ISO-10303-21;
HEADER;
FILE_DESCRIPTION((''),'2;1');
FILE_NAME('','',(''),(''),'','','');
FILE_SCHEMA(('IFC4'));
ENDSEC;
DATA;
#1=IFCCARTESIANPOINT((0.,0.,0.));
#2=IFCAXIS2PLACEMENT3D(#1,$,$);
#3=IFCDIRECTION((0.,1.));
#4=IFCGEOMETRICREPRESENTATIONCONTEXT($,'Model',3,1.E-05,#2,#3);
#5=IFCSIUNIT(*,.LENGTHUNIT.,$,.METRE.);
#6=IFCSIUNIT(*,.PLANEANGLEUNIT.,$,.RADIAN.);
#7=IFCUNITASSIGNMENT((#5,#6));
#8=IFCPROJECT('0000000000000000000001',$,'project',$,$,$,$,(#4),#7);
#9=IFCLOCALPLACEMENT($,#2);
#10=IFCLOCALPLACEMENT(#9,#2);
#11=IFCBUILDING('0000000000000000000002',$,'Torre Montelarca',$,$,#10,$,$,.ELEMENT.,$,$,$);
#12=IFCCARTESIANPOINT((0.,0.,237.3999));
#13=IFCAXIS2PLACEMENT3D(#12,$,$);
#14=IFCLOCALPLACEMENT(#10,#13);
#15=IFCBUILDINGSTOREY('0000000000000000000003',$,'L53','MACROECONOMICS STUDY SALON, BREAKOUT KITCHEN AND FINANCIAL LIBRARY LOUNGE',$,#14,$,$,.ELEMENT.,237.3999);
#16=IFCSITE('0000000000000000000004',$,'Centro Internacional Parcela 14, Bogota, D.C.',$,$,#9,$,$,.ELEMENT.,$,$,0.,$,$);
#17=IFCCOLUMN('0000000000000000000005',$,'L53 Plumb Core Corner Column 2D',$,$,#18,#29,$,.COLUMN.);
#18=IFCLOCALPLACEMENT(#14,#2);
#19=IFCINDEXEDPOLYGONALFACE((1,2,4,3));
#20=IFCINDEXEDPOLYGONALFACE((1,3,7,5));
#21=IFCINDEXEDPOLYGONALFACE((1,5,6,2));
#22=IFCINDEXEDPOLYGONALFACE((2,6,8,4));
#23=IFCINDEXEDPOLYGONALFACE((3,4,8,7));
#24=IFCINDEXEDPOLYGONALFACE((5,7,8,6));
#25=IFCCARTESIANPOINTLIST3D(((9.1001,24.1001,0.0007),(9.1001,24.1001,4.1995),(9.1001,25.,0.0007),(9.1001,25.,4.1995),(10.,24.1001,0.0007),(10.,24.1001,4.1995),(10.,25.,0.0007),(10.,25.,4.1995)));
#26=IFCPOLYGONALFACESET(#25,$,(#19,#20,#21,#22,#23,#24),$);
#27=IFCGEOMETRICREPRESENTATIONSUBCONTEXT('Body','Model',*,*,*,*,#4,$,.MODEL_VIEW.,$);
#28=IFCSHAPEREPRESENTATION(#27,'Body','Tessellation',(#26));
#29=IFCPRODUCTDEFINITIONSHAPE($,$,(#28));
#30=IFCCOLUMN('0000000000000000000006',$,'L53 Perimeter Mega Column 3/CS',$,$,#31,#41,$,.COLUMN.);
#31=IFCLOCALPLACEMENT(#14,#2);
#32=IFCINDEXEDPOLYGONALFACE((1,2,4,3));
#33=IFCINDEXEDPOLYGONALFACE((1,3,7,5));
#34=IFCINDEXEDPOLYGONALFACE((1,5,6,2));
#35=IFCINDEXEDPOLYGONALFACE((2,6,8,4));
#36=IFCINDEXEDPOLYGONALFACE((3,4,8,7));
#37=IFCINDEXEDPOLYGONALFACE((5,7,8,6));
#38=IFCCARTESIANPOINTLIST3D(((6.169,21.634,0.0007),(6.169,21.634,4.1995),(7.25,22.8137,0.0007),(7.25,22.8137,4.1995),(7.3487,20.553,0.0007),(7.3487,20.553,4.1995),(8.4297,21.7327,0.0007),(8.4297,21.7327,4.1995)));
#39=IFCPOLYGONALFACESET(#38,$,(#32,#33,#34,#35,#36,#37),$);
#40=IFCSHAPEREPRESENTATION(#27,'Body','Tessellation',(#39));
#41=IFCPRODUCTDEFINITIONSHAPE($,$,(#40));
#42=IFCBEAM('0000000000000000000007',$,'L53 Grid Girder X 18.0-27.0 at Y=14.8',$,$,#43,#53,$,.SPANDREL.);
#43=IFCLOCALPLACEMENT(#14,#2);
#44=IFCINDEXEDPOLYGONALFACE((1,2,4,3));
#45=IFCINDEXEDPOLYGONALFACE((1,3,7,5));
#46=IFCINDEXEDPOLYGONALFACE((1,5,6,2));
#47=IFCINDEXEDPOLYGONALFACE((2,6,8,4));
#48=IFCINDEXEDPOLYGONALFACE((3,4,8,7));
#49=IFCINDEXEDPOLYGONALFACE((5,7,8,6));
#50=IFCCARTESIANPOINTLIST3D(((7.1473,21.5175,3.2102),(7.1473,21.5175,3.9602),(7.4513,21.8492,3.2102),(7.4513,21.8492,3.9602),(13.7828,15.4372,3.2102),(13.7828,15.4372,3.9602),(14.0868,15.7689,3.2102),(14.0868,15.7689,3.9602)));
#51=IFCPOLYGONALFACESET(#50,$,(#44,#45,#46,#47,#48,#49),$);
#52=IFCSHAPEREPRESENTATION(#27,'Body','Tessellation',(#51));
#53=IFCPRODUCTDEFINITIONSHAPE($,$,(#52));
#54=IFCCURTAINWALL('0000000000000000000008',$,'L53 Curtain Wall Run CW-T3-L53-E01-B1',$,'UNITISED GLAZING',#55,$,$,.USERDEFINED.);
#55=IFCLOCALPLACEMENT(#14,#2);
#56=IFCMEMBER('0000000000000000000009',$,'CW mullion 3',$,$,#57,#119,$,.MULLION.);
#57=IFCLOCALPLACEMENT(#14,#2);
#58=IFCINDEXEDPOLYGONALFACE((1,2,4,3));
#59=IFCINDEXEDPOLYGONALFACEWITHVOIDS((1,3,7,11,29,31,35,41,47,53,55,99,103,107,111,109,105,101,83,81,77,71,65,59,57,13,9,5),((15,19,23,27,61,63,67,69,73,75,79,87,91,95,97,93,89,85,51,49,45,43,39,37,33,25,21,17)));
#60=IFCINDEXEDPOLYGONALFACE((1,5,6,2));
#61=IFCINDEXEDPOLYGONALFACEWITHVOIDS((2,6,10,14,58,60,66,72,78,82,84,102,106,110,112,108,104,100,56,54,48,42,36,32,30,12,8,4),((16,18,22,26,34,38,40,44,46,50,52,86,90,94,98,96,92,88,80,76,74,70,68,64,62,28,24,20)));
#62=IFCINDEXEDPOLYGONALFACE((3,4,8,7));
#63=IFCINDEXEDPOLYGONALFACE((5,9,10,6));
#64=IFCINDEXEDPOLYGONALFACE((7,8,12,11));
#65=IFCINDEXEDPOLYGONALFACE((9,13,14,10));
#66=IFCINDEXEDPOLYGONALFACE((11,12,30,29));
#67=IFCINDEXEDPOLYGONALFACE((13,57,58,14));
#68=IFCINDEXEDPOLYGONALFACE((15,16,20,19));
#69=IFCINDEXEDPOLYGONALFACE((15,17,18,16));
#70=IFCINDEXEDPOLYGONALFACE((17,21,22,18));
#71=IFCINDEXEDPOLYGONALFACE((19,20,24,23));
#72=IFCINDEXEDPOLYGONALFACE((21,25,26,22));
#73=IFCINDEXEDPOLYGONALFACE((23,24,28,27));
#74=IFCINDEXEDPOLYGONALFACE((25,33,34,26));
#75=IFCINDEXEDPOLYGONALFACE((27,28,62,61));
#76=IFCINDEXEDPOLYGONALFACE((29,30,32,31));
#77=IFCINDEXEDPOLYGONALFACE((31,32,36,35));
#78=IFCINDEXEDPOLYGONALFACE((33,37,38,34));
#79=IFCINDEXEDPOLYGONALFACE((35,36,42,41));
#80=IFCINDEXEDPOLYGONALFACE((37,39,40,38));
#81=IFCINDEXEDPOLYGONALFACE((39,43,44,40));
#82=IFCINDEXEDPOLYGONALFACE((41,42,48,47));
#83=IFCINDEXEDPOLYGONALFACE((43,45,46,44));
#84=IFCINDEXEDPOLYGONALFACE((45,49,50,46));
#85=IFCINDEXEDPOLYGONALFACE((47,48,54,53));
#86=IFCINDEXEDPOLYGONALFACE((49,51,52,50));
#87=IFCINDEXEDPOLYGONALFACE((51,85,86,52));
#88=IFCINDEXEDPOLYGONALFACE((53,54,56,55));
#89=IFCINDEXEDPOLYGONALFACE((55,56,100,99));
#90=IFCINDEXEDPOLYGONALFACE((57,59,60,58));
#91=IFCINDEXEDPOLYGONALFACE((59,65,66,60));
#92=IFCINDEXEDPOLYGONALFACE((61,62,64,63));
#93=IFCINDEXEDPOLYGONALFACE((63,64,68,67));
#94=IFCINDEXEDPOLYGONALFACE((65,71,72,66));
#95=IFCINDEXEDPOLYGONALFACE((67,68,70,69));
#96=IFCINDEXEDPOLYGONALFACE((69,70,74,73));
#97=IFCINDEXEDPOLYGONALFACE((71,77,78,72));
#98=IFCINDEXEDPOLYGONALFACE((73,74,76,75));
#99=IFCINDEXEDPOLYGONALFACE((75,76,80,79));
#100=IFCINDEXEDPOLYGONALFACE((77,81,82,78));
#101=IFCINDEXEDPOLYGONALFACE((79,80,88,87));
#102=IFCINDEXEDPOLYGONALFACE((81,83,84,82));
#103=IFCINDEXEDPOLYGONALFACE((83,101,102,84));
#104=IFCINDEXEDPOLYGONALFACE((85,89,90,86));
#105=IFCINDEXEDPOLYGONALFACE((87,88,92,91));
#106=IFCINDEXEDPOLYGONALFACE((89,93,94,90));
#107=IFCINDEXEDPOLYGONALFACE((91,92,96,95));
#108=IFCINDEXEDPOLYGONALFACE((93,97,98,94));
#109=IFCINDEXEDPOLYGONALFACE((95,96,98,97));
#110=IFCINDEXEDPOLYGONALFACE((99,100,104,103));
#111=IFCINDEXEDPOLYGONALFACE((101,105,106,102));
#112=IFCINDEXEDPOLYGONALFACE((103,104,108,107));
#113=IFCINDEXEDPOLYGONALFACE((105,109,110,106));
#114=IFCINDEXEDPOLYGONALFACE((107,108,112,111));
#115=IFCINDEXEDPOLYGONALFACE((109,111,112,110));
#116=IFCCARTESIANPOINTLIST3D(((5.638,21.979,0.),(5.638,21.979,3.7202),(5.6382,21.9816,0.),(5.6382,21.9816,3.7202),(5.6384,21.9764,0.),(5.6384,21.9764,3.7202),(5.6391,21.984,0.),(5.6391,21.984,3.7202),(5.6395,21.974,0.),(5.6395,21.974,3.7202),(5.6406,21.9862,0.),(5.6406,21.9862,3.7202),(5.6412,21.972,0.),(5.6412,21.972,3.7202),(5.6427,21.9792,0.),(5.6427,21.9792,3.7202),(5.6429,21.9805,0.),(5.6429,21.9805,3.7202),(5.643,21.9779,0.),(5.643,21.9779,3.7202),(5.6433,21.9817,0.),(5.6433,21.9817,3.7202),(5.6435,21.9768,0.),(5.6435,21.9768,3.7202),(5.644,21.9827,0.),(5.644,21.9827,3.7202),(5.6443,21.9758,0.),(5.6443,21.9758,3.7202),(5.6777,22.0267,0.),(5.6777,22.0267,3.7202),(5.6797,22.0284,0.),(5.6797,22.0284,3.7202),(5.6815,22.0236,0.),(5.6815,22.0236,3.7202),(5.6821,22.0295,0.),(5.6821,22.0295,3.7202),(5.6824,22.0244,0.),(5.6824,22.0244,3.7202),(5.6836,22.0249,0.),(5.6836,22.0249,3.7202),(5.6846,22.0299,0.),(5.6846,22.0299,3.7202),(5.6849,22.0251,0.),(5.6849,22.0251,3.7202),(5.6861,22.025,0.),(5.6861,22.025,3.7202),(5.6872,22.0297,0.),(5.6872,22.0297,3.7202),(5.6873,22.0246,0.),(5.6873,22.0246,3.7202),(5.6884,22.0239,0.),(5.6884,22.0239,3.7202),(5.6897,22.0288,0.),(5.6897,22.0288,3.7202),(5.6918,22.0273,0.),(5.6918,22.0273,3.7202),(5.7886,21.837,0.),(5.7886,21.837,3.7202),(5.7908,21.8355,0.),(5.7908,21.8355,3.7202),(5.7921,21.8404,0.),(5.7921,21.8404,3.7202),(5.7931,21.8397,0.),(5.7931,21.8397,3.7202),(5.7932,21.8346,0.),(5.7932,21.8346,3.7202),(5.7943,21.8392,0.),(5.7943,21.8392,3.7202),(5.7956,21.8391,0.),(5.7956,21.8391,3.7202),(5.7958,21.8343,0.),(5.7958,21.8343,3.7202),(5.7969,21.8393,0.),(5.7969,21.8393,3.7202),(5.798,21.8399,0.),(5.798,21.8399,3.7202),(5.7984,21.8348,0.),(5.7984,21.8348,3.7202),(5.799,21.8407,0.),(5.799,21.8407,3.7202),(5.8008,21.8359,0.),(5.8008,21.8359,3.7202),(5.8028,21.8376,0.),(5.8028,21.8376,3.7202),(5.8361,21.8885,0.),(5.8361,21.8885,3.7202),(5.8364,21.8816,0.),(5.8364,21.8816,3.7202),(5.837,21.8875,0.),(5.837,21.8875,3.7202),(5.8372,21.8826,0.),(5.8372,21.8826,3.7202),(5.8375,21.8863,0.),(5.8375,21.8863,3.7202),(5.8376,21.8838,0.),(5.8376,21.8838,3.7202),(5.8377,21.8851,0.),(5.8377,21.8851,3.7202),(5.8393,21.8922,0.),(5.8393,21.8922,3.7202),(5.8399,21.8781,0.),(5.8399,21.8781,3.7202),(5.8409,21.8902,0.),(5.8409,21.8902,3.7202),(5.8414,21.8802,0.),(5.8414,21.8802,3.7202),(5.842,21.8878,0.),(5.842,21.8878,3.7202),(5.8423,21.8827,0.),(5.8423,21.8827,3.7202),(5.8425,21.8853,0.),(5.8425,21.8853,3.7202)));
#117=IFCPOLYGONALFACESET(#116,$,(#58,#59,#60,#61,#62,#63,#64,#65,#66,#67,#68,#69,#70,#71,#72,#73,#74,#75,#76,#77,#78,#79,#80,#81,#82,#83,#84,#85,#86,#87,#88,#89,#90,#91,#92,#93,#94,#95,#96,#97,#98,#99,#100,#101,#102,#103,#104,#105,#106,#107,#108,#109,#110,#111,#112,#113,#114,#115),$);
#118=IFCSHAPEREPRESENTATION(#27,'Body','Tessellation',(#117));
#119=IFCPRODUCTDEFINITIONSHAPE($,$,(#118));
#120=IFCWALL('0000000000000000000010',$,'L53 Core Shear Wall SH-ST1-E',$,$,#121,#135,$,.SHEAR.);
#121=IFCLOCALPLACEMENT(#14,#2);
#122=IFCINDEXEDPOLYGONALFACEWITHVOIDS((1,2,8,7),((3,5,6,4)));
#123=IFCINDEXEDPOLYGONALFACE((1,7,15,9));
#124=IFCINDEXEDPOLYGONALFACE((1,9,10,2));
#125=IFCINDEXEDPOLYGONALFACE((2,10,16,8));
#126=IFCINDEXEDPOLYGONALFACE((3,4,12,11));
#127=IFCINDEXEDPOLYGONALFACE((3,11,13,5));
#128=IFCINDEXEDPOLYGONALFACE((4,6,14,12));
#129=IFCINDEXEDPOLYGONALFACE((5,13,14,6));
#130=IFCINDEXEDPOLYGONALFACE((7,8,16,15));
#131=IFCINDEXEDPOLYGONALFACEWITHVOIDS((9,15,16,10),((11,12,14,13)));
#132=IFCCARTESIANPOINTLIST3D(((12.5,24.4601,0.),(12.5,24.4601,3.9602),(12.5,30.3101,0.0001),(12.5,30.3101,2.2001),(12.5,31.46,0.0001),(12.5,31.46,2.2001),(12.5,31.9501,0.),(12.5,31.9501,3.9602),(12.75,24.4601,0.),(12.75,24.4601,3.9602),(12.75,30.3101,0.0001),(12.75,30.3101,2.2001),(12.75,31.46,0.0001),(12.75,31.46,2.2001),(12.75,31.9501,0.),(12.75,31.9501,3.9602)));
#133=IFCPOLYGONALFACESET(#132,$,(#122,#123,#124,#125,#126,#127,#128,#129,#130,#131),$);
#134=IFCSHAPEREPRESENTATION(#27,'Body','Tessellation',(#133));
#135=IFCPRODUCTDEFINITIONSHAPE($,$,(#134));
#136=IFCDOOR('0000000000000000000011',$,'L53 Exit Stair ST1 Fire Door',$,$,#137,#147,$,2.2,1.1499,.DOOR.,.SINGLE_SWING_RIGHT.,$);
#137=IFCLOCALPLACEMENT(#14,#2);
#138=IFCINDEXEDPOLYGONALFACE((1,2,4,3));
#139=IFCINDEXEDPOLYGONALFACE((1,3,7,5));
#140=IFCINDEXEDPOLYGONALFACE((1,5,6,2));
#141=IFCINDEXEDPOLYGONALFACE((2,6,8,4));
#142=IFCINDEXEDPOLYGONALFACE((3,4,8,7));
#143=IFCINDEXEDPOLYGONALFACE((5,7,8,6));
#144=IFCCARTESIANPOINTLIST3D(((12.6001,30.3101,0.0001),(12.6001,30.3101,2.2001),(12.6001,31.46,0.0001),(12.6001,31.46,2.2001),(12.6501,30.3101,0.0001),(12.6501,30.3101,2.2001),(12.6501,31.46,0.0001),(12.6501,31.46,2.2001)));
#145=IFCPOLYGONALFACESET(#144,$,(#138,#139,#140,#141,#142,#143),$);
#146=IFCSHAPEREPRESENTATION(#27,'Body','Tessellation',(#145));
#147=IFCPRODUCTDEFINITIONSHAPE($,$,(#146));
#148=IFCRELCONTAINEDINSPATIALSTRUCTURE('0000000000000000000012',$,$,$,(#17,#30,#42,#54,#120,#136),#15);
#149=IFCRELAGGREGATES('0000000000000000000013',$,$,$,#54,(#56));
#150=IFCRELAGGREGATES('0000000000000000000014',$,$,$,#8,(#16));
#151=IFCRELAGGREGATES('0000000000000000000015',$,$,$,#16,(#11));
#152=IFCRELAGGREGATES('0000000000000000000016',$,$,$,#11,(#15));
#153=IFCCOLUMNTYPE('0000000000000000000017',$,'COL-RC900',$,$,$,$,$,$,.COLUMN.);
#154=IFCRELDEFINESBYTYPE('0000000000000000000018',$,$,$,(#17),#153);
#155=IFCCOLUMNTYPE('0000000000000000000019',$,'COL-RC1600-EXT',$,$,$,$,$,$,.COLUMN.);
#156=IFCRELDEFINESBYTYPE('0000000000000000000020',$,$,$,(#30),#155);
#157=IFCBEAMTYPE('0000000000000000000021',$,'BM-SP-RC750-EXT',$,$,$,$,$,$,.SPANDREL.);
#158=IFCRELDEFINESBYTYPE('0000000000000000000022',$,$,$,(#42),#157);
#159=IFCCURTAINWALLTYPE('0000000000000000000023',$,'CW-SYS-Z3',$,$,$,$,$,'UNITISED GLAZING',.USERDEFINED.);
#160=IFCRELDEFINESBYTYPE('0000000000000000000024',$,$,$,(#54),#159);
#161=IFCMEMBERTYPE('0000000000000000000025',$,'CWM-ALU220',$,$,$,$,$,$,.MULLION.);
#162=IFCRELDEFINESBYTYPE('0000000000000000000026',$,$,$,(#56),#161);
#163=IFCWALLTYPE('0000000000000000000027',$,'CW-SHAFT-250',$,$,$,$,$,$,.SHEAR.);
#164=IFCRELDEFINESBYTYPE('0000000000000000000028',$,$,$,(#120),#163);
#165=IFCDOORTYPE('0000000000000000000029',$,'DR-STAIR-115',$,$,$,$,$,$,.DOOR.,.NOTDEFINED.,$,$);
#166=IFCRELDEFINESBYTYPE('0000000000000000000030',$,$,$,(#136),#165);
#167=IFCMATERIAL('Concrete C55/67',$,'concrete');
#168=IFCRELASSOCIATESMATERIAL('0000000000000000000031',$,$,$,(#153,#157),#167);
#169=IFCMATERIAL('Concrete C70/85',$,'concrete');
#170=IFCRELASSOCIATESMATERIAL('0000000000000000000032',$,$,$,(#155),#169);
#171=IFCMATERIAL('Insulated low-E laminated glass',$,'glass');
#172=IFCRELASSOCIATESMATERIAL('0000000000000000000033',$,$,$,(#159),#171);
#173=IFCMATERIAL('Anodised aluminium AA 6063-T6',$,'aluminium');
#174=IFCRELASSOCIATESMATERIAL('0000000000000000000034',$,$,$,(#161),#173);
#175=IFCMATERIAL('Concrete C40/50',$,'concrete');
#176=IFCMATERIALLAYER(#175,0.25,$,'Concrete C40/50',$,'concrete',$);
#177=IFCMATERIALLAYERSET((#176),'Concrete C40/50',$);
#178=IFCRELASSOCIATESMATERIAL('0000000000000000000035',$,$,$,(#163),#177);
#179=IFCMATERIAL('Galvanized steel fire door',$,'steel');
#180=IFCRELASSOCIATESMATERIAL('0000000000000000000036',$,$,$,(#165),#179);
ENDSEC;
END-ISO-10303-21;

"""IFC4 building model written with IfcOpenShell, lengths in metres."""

from ifc_helpers import new_model, si_unit, direction, frame, frame_2d, origin, origin_2d, place, context, subcontext, project, spatial, rectangle, hollow_rectangle, extrude, source, transform, mapped, material, layer, layer_set, material_profile, profile_set, type_object, element, fill, aggregate, save


model = new_model("IFC4")

# Units and contexts
model_context = context("Model", 3, precision=1e-05, world=origin(), true_north=direction((0.0, 1.0)))
body_context = subcontext(model_context, "Body", "Model", "MODEL_VIEW")
ifc_project = project(units=[si_unit("LENGTHUNIT", "METRE"), si_unit("PLANEANGLEUNIT", "RADIAN")], contexts=[model_context])

# Site, building, storey
site_placement = place(None, origin())
site = spatial("IfcSite", under=ifc_project, at=site_placement, Name="Centro Internacional Parcela 14, Bogota, D.C.", CompositionType="ELEMENT", RefElevation=0.0)
building_placement = place(site_placement, origin())
building = spatial("IfcBuilding", under=site, at=building_placement, Name="Torre Montelarca", CompositionType="ELEMENT")
storey_placement = place(building_placement, frame((0.0, 0.0, 237.3999)))
storey = spatial("IfcBuildingStorey", under=building, at=storey_placement, Name="L53", Description="MACROECONOMICS STUDY SALON, BREAKOUT KITCHEN AND FINANCIAL LIBRARY LOUNGE", CompositionType="ELEMENT", Elevation=237.3999)

# Columns
ifc_material_1 = material(Name="Concrete C55/67", Category="concrete")
ifc_material_profile_1 = material_profile(ifc_material_1, rectangle(XDim=0.8999, YDim=0.8999, at=origin_2d()), Name="RC900X900", Category="concrete")
ifc_profile_set_1 = profile_set([ifc_material_profile_1], Name="Concrete C55/67")
column_type_1 = type_object("IfcColumnType", Name="COL-RC900", PredefinedType="COLUMN", material=ifc_profile_set_1)
shared_shape_1 = source(origin(), body_context, "Body", "SweptSolid", [
    extrude(rectangle(XDim=0.8999, YDim=0.8999, at=origin_2d()), origin(), (0.0, 0.0, 1.0), 4.1987),
])
column_1_placement = place(storey_placement, frame((9.55, 24.55, 0.0007), z_axis=(0.0, 0.0, 1.0), x_axis=(1.0, 0.0, 0.0)))
element("IfcColumn", 1, at=column_1_placement, inside=storey, type_object=column_type_1, Name="L53 Plumb Core Corner Column 2D", PredefinedType="COLUMN", context=body_context, shape_type="MappedRepresentation", body=[
    mapped(shared_shape_1, transform((0.0, 0.0, 0.0), scale=1.0)),
])
ifc_material_2 = material(Name="Concrete C70/85", Category="concrete")
ifc_material_profile_2 = material_profile(ifc_material_2, rectangle(XDim=1.6001, YDim=1.6001, at=origin_2d()), Name="RC1600X1600", Category="concrete")
ifc_profile_set_2 = profile_set([ifc_material_profile_2], Name="Concrete C70/85")
column_type_2 = type_object("IfcColumnType", Name="COL-RC1600-EXT", PredefinedType="COLUMN", material=ifc_profile_set_2)
shared_shape_2 = source(origin(), body_context, "Body", "SweptSolid", [
    extrude(rectangle(XDim=1.6001, YDim=1.6001, at=origin_2d()), origin(), (0.0, 0.0, 1.0), 4.1987),
])
column_2_placement = place(storey_placement, frame((7.2993, 21.6833, 0.0007), z_axis=(0.0, 0.0, 1.0), x_axis=(-0.737277, 0.67559, 0.0)))
element("IfcColumn", 2, at=column_2_placement, inside=storey, type_object=column_type_2, Name="L53 Perimeter Mega Column 3/CS", PredefinedType="COLUMN", context=body_context, shape_type="MappedRepresentation", body=[
    mapped(shared_shape_2, transform((0.0, 0.0, 0.0), scale=1.0)),
])

# Beam
ifc_material_profile_3 = material_profile(ifc_material_1, rectangle(XDim=0.45, YDim=0.75, at=origin_2d()), Name="RCB450X750", Category="concrete")
ifc_profile_set_3 = profile_set([ifc_material_profile_3], Name="Concrete C55/67")
beam_type = type_object("IfcBeamType", Name="BM-SP-RC750-EXT", PredefinedType="SPANDREL", material=ifc_profile_set_3)
shared_shape_3 = source(origin(), body_context, "Body", "SweptSolid", [
    extrude(rectangle(XDim=0.45, YDim=0.75, at=origin_2d()), origin(), (0.0, 0.0, 1.0), 9.0),
])
beam_placement = place(storey_placement, frame((7.2993, 21.6833, 3.5852), z_axis=(0.737277, -0.675591, 0.0), x_axis=(0.675591, 0.737277, 0.0)))
element("IfcBeam", 3, at=beam_placement, inside=storey, type_object=beam_type, Name="L53 Grid Girder X 18.0-27.0 at Y=14.8", PredefinedType="SPANDREL", context=body_context, shape_type="MappedRepresentation", body=[
    mapped(shared_shape_3, transform((0.0, 0.0, 0.0), scale=1.0)),
])

# Curtain wall, member
ifc_material_3 = material(Name="Insulated low-E laminated glass", Category="glass")
curtain_wall_type = type_object("IfcCurtainWallType", Name="CW-SYS-Z3", ElementType="UNITISED GLAZING", PredefinedType="USERDEFINED", material=ifc_material_3)
curtain_wall_placement = place(storey_placement, origin())
curtain_wall = element("IfcCurtainWall", 4, at=curtain_wall_placement, inside=storey, type_object=curtain_wall_type, Name="L53 Curtain Wall Run CW-T3-L53-E01-B1", ObjectType="UNITISED GLAZING", PredefinedType="USERDEFINED")
ifc_material_4 = material(Name="Anodised aluminium AA 6063-T6", Category="aluminium")
ifc_material_profile_4 = material_profile(ifc_material_4, hollow_rectangle(XDim=0.075, YDim=0.22, WallThickness=0.0049, InnerFilletRadius=0.0049, OuterFilletRadius=0.01, at=origin_2d()), Name="ALU75X220X5", Category="aluminium")
ifc_profile_set_4 = profile_set([ifc_material_profile_4], Name="Anodised aluminium AA 6063-T6")
member_type = type_object("IfcMemberType", Name="CWM-ALU220", PredefinedType="MULLION", material=ifc_profile_set_4)
shared_shape_4 = source(origin(), body_context, "Body", "SweptSolid", [
    extrude(hollow_rectangle(XDim=0.075, YDim=0.22, WallThickness=0.0049, InnerFilletRadius=0.0049, OuterFilletRadius=0.01, at=origin_2d()), origin(), (0.0, 0.0, 1.0), 3.7202),
])
member_placement = place(storey_placement, frame((5.7402, 21.9321, 0.0), z_axis=(0.0, 0.0, 1.0), x_axis=(0.675588, 0.73728, 0.0)))
member = element("IfcMember", 5, at=member_placement, type_object=member_type, Name="CW mullion 3", PredefinedType="MULLION", context=body_context, shape_type="MappedRepresentation", body=[
    mapped(shared_shape_4, transform((0.0, 0.0, 0.0), scale=1.0)),
])
aggregate(curtain_wall, [member])

# Wall, opening, door
ifc_material_5 = material(Name="Concrete C40/50", Category="concrete")
ifc_layer_1 = layer(ifc_material_5, 0.25, Name="Concrete C40/50", Category="concrete")
ifc_layer_set_1 = layer_set([ifc_layer_1], Name="Concrete C40/50")
wall_type_1 = type_object("IfcWallType", Name="CW-SHAFT-250", PredefinedType="SHEAR", material=ifc_layer_set_1)
wall_1_placement = place(storey_placement, frame((12.625, 24.46, 0.0), z_axis=(0.0, 0.0, 1.0), x_axis=(0.0, 1.0, 0.0)))
wall_1 = element("IfcWall", 6, at=wall_1_placement, inside=storey, type_object=wall_type_1, Name="L53 Core Shear Wall SH-ST1-E", PredefinedType="SHEAR", context=body_context, shape_type="SweptSolid", body=[
    extrude(rectangle(XDim=7.49, YDim=0.25, at=frame_2d((3.7451, 0.0))), origin(), (0.0, 0.0, 1.0), 3.9602),
])
opening_1_placement = place(wall_1_placement, frame((5.8501, 0.0, 0.0)))
opening_1 = element("IfcOpeningElement", 7, at=opening_1_placement, cuts=wall_1, PredefinedType="OPENING", context=body_context, shape_type="SweptSolid", body=[
    extrude(rectangle(XDim=1.1499, YDim=2.2, at=frame_2d((0.575, 1.1001))), frame((0.0, 0.135, 0.0), z_axis=(0.0, -1.0, 0.0), x_axis=(1.0, 0.0, 0.0)), (0.0, 0.0, 1.0), 0.27),
])
ifc_material_6 = material(Name="Galvanized steel fire door", Category="steel")
door_type_1 = type_object("IfcDoorType", Name="DR-STAIR-115", OperationType="NOTDEFINED", PredefinedType="DOOR", material=ifc_material_6)
shared_shape_5 = source(origin(), body_context, "Body", "SweptSolid", [
    extrude(rectangle(XDim=1.1499, YDim=2.2, at=frame_2d((0.575, 1.1001))), frame((0.0, 0.0249, 0.0), z_axis=(0.0, -1.0, 0.0), x_axis=(1.0, 0.0, 0.0)), (0.0, 0.0, 1.0), 0.05),
])
door_1_placement = place(opening_1_placement, origin())
door_1 = element("IfcDoor", 8, at=door_1_placement, inside=storey, type_object=door_type_1, Name="L53 Exit Stair ST1 Fire Door", OperationType="SINGLE_SWING_RIGHT", OverallHeight=2.2, OverallWidth=1.1499, PredefinedType="DOOR", context=body_context, shape_type="MappedRepresentation", body=[
    mapped(shared_shape_5, transform((0.0, 0.0, 0.0), scale=1.0)),
])
fill(opening_1, door_1)

save(model, "model.ifc")
